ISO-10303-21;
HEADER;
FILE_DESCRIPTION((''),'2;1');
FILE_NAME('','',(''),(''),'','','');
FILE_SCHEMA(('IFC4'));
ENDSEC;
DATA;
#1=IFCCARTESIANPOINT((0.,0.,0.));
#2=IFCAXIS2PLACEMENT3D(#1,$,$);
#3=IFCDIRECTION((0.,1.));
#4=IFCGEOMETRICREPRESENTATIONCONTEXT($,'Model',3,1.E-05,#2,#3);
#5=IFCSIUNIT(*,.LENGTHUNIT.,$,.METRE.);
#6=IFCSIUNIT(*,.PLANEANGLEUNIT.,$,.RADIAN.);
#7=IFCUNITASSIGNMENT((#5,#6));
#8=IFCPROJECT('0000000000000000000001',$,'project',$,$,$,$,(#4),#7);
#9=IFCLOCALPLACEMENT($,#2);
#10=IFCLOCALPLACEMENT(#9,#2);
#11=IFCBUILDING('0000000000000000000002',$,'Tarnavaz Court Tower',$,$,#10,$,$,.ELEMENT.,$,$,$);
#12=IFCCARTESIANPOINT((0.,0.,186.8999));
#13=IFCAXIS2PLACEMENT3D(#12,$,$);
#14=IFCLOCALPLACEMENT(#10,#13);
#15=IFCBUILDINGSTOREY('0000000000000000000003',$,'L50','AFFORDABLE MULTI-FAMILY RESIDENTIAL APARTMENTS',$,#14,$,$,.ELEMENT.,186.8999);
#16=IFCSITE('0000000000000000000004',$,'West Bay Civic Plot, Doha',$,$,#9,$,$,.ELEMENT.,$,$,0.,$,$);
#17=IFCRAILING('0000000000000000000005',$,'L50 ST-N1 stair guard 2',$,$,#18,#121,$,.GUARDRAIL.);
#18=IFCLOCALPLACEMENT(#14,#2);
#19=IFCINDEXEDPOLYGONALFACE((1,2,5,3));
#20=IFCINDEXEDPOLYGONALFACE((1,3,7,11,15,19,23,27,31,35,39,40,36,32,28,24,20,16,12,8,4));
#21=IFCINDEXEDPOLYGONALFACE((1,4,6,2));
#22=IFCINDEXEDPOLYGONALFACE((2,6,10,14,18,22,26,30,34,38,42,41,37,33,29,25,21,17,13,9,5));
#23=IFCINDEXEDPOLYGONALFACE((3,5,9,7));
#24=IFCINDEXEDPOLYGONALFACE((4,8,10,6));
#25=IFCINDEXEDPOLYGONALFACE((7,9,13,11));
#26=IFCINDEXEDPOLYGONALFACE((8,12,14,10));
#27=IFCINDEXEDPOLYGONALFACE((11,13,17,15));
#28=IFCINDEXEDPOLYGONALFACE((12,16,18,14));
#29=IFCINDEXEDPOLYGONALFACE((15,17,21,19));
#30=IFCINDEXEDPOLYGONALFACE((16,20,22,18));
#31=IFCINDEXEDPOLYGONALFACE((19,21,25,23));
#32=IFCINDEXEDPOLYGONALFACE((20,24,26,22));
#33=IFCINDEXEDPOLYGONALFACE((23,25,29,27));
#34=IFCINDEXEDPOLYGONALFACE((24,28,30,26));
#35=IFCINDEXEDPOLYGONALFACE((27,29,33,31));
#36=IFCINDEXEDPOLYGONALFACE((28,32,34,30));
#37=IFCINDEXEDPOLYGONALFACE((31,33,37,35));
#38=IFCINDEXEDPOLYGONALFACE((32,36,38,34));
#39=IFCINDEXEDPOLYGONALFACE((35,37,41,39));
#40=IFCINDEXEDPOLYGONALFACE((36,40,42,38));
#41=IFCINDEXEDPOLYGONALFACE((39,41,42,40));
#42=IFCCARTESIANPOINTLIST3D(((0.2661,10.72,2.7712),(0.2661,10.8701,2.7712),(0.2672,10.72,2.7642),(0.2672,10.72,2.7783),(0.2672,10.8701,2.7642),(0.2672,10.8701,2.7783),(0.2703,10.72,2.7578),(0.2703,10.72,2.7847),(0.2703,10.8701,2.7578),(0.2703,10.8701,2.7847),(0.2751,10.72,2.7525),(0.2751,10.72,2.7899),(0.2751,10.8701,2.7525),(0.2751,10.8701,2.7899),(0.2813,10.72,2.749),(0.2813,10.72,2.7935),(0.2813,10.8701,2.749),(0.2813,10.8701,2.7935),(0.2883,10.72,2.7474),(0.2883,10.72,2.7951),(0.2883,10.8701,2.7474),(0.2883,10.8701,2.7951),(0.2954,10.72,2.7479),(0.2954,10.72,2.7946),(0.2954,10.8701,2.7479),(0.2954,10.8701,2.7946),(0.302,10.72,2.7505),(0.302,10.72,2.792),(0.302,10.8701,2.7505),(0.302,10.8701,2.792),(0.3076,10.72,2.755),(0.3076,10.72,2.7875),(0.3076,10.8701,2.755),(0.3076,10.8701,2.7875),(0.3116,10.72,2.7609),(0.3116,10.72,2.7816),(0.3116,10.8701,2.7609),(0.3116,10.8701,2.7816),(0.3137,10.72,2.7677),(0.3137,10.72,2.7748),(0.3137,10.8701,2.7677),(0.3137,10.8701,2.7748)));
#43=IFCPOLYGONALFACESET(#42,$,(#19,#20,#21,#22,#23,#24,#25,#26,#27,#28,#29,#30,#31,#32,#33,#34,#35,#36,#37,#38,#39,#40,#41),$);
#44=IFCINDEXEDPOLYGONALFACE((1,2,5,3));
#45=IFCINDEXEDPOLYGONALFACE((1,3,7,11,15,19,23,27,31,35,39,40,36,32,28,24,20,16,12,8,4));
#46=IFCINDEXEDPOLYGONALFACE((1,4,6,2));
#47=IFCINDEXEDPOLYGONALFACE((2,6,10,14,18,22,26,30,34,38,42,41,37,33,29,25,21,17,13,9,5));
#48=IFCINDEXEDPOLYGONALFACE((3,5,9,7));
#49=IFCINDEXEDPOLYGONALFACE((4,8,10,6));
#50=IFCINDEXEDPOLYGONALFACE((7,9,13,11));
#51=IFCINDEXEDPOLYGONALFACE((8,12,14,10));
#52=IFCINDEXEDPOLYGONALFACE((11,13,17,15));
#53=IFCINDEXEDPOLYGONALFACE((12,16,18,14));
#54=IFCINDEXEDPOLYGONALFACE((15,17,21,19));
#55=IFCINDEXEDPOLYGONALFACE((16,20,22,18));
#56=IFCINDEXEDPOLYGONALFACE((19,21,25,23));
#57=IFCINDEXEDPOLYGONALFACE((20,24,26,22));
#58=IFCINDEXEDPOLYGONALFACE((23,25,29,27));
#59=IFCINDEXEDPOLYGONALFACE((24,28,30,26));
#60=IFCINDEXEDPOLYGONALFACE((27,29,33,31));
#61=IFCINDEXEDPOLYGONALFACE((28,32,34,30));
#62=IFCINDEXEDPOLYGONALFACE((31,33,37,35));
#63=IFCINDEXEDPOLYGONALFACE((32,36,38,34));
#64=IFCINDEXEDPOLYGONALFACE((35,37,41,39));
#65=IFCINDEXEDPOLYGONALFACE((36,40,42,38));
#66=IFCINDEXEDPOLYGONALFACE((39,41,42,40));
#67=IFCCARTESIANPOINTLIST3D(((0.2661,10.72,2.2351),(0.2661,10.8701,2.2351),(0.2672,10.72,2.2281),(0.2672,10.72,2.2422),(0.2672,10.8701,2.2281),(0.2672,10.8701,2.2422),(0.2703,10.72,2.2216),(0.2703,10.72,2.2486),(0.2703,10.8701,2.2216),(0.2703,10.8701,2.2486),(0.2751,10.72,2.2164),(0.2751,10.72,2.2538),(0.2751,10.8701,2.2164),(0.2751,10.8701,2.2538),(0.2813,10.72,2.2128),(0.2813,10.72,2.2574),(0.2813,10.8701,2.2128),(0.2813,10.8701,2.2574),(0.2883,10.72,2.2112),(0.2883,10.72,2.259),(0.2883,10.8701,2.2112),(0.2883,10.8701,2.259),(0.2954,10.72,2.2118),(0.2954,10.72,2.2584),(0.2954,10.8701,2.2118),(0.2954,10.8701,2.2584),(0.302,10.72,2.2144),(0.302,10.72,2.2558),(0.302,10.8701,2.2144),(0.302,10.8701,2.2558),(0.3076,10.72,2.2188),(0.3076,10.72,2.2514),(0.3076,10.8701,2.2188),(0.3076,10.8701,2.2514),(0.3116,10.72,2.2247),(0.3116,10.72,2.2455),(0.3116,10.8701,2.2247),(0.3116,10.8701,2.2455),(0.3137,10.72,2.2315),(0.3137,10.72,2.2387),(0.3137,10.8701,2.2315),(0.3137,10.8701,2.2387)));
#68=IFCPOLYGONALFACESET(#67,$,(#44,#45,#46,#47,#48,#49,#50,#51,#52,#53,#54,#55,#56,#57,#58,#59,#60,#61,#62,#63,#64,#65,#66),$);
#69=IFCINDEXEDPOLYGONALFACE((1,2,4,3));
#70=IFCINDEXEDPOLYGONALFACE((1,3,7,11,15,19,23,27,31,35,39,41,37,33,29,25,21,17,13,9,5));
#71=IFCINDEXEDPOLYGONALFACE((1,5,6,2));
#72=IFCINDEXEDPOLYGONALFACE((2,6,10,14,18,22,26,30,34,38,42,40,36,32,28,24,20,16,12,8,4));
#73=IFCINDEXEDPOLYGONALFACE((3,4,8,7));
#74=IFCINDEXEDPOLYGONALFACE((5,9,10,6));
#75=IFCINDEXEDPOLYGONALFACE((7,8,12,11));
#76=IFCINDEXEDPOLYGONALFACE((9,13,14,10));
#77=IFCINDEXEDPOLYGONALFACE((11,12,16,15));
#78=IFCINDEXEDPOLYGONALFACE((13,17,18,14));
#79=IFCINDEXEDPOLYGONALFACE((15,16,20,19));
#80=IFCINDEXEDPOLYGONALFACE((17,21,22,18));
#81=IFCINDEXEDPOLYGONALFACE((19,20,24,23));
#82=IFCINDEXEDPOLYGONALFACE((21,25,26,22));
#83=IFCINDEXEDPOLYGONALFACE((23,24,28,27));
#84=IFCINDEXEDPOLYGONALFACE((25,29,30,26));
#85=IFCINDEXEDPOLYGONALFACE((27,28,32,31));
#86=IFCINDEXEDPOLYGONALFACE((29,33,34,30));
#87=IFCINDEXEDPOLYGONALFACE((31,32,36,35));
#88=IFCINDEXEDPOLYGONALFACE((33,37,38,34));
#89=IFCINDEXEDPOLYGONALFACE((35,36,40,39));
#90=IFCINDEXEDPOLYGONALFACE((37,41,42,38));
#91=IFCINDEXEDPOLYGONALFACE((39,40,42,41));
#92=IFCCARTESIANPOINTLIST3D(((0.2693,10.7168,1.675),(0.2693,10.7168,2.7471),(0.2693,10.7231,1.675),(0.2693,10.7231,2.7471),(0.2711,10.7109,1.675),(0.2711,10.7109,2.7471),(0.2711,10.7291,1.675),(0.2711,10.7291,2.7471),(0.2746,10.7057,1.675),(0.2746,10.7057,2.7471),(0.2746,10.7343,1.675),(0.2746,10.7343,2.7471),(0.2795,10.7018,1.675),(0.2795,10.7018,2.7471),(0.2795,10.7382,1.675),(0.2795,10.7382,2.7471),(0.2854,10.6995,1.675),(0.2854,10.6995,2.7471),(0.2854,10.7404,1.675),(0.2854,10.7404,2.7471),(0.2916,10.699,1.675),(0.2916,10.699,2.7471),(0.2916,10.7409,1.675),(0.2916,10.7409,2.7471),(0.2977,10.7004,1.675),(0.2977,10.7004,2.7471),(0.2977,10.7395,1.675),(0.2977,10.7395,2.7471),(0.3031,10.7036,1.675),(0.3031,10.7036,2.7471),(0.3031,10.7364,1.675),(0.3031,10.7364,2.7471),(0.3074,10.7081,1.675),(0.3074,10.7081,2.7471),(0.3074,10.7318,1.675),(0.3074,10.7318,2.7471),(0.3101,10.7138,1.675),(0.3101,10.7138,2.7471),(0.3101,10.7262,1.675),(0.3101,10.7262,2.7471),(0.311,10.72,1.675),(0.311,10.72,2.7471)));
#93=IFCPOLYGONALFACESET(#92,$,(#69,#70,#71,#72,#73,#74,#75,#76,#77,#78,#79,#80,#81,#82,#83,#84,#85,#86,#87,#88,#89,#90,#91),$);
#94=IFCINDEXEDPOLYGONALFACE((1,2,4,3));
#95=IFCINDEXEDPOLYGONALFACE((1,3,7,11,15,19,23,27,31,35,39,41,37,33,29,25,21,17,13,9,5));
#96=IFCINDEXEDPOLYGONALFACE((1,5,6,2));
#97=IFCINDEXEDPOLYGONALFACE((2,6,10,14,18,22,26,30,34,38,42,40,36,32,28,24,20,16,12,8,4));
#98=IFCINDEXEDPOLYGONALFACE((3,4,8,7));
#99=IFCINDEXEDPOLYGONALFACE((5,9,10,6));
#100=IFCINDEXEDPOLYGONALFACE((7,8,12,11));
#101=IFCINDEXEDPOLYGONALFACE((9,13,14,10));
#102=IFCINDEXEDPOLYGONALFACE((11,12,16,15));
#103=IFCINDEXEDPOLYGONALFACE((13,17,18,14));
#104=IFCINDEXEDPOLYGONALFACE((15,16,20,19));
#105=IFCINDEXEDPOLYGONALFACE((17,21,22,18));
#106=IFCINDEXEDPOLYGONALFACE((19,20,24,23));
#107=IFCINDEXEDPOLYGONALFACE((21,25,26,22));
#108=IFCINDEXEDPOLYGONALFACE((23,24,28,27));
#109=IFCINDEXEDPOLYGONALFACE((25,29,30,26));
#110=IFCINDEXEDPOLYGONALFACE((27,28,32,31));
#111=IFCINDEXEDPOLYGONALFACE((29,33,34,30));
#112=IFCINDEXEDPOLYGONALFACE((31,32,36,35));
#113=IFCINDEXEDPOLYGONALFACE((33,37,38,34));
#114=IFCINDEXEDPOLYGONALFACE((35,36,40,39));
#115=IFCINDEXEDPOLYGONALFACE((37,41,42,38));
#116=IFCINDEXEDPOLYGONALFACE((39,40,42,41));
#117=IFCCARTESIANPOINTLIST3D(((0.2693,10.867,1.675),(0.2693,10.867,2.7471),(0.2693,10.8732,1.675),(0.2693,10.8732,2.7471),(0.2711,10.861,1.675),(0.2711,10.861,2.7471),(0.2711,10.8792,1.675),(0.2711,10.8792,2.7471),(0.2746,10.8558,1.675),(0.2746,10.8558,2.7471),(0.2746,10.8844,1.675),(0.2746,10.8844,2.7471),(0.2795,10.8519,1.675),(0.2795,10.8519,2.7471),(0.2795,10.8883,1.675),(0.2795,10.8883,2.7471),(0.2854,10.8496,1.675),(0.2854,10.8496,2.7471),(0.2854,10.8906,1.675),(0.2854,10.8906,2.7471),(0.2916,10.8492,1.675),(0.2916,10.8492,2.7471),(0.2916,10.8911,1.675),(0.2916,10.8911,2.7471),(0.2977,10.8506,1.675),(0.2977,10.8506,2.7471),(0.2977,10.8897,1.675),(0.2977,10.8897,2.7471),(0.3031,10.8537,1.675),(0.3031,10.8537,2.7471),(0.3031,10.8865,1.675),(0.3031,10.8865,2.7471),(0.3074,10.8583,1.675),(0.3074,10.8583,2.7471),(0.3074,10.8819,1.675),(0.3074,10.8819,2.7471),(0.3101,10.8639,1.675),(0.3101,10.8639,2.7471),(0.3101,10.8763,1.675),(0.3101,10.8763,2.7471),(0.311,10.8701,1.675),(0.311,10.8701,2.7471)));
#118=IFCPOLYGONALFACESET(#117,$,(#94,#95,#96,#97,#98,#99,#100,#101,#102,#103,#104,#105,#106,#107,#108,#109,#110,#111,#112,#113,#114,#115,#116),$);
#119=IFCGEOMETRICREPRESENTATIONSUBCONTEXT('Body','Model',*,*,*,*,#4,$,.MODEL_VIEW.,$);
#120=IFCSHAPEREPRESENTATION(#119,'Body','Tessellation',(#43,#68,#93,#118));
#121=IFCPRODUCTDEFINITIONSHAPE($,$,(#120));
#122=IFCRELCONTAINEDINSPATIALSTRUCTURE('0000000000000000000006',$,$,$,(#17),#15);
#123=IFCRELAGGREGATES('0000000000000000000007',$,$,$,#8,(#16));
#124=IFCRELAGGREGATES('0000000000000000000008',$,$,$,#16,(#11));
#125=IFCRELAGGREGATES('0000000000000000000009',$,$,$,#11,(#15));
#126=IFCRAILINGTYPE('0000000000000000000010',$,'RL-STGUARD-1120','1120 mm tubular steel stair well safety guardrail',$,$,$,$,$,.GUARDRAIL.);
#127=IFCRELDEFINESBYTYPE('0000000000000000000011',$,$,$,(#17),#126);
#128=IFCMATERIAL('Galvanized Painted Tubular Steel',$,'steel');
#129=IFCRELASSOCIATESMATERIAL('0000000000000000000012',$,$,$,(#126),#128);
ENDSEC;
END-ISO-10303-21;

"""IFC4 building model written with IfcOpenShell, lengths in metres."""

from ifc_helpers import new_model, si_unit, direction, frame, origin, origin_2d, place, context, subcontext, project, spatial, circle, extrude, material, type_object, element, save


model = new_model("IFC4")

# Units and contexts
model_context = context("Model", 3, precision=1e-05, world=origin(), true_north=direction((0.0, 1.0)))
body_context = subcontext(model_context, "Body", "Model", "MODEL_VIEW")
ifc_project = project(units=[si_unit("LENGTHUNIT", "METRE"), si_unit("PLANEANGLEUNIT", "RADIAN")], contexts=[model_context])

# Site, building, storey
site_placement = place(None, origin())
site = spatial("IfcSite", under=ifc_project, at=site_placement, Name="West Bay Civic Plot, Doha", CompositionType="ELEMENT", RefElevation=0.0)
building_placement = place(site_placement, origin())
building = spatial("IfcBuilding", under=site, at=building_placement, Name="Tarnavaz Court Tower", CompositionType="ELEMENT")
storey_placement = place(building_placement, frame((0.0, 0.0, 186.8999)))
storey = spatial("IfcBuildingStorey", under=building, at=storey_placement, Name="L50", Description="AFFORDABLE MULTI-FAMILY RESIDENTIAL APARTMENTS", CompositionType="ELEMENT", Elevation=186.8999)

# Railing
ifc_material_1 = material(Name="Galvanized Painted Tubular Steel", Category="steel")
railing_type_1 = type_object("IfcRailingType", Name="RL-STGUARD-1120", Description="1120 mm tubular steel stair well safety guardrail", PredefinedType="GUARDRAIL", material=ifc_material_1)
railing_1_placement = place(storey_placement, frame((0.29, 10.72, 1.675)))
element("IfcRailing", 1, at=railing_1_placement, inside=storey, type_object=railing_type_1, Name="L50 ST-N1 stair guard 2", PredefinedType="GUARDRAIL", context=body_context, shape_type="SweptSolid", body=[
    extrude(circle(Radius=0.0239, at=origin_2d()), frame((0.0, 0.0, 1.0962), z_axis=(0.0, 1.0, 0.0), x_axis=(-1.0, 0.0, 0.0)), (0.0, 0.0, 1.0), 0.1501),
    extrude(circle(Radius=0.0239, at=origin_2d()), frame((0.0, 0.0, 0.5601), z_axis=(0.0, 1.0, 0.0), x_axis=(-1.0, 0.0, 0.0)), (0.0, 0.0, 1.0), 0.1501),
    extrude(circle(Radius=0.021, at=origin_2d()), origin(), (0.0, 0.0, 1.0), 1.072),
    extrude(circle(Radius=0.021, at=origin_2d()), frame((0.0, 0.1501, 0.0)), (0.0, 0.0, 1.0), 1.072),
])

save(model, "model.ifc")
